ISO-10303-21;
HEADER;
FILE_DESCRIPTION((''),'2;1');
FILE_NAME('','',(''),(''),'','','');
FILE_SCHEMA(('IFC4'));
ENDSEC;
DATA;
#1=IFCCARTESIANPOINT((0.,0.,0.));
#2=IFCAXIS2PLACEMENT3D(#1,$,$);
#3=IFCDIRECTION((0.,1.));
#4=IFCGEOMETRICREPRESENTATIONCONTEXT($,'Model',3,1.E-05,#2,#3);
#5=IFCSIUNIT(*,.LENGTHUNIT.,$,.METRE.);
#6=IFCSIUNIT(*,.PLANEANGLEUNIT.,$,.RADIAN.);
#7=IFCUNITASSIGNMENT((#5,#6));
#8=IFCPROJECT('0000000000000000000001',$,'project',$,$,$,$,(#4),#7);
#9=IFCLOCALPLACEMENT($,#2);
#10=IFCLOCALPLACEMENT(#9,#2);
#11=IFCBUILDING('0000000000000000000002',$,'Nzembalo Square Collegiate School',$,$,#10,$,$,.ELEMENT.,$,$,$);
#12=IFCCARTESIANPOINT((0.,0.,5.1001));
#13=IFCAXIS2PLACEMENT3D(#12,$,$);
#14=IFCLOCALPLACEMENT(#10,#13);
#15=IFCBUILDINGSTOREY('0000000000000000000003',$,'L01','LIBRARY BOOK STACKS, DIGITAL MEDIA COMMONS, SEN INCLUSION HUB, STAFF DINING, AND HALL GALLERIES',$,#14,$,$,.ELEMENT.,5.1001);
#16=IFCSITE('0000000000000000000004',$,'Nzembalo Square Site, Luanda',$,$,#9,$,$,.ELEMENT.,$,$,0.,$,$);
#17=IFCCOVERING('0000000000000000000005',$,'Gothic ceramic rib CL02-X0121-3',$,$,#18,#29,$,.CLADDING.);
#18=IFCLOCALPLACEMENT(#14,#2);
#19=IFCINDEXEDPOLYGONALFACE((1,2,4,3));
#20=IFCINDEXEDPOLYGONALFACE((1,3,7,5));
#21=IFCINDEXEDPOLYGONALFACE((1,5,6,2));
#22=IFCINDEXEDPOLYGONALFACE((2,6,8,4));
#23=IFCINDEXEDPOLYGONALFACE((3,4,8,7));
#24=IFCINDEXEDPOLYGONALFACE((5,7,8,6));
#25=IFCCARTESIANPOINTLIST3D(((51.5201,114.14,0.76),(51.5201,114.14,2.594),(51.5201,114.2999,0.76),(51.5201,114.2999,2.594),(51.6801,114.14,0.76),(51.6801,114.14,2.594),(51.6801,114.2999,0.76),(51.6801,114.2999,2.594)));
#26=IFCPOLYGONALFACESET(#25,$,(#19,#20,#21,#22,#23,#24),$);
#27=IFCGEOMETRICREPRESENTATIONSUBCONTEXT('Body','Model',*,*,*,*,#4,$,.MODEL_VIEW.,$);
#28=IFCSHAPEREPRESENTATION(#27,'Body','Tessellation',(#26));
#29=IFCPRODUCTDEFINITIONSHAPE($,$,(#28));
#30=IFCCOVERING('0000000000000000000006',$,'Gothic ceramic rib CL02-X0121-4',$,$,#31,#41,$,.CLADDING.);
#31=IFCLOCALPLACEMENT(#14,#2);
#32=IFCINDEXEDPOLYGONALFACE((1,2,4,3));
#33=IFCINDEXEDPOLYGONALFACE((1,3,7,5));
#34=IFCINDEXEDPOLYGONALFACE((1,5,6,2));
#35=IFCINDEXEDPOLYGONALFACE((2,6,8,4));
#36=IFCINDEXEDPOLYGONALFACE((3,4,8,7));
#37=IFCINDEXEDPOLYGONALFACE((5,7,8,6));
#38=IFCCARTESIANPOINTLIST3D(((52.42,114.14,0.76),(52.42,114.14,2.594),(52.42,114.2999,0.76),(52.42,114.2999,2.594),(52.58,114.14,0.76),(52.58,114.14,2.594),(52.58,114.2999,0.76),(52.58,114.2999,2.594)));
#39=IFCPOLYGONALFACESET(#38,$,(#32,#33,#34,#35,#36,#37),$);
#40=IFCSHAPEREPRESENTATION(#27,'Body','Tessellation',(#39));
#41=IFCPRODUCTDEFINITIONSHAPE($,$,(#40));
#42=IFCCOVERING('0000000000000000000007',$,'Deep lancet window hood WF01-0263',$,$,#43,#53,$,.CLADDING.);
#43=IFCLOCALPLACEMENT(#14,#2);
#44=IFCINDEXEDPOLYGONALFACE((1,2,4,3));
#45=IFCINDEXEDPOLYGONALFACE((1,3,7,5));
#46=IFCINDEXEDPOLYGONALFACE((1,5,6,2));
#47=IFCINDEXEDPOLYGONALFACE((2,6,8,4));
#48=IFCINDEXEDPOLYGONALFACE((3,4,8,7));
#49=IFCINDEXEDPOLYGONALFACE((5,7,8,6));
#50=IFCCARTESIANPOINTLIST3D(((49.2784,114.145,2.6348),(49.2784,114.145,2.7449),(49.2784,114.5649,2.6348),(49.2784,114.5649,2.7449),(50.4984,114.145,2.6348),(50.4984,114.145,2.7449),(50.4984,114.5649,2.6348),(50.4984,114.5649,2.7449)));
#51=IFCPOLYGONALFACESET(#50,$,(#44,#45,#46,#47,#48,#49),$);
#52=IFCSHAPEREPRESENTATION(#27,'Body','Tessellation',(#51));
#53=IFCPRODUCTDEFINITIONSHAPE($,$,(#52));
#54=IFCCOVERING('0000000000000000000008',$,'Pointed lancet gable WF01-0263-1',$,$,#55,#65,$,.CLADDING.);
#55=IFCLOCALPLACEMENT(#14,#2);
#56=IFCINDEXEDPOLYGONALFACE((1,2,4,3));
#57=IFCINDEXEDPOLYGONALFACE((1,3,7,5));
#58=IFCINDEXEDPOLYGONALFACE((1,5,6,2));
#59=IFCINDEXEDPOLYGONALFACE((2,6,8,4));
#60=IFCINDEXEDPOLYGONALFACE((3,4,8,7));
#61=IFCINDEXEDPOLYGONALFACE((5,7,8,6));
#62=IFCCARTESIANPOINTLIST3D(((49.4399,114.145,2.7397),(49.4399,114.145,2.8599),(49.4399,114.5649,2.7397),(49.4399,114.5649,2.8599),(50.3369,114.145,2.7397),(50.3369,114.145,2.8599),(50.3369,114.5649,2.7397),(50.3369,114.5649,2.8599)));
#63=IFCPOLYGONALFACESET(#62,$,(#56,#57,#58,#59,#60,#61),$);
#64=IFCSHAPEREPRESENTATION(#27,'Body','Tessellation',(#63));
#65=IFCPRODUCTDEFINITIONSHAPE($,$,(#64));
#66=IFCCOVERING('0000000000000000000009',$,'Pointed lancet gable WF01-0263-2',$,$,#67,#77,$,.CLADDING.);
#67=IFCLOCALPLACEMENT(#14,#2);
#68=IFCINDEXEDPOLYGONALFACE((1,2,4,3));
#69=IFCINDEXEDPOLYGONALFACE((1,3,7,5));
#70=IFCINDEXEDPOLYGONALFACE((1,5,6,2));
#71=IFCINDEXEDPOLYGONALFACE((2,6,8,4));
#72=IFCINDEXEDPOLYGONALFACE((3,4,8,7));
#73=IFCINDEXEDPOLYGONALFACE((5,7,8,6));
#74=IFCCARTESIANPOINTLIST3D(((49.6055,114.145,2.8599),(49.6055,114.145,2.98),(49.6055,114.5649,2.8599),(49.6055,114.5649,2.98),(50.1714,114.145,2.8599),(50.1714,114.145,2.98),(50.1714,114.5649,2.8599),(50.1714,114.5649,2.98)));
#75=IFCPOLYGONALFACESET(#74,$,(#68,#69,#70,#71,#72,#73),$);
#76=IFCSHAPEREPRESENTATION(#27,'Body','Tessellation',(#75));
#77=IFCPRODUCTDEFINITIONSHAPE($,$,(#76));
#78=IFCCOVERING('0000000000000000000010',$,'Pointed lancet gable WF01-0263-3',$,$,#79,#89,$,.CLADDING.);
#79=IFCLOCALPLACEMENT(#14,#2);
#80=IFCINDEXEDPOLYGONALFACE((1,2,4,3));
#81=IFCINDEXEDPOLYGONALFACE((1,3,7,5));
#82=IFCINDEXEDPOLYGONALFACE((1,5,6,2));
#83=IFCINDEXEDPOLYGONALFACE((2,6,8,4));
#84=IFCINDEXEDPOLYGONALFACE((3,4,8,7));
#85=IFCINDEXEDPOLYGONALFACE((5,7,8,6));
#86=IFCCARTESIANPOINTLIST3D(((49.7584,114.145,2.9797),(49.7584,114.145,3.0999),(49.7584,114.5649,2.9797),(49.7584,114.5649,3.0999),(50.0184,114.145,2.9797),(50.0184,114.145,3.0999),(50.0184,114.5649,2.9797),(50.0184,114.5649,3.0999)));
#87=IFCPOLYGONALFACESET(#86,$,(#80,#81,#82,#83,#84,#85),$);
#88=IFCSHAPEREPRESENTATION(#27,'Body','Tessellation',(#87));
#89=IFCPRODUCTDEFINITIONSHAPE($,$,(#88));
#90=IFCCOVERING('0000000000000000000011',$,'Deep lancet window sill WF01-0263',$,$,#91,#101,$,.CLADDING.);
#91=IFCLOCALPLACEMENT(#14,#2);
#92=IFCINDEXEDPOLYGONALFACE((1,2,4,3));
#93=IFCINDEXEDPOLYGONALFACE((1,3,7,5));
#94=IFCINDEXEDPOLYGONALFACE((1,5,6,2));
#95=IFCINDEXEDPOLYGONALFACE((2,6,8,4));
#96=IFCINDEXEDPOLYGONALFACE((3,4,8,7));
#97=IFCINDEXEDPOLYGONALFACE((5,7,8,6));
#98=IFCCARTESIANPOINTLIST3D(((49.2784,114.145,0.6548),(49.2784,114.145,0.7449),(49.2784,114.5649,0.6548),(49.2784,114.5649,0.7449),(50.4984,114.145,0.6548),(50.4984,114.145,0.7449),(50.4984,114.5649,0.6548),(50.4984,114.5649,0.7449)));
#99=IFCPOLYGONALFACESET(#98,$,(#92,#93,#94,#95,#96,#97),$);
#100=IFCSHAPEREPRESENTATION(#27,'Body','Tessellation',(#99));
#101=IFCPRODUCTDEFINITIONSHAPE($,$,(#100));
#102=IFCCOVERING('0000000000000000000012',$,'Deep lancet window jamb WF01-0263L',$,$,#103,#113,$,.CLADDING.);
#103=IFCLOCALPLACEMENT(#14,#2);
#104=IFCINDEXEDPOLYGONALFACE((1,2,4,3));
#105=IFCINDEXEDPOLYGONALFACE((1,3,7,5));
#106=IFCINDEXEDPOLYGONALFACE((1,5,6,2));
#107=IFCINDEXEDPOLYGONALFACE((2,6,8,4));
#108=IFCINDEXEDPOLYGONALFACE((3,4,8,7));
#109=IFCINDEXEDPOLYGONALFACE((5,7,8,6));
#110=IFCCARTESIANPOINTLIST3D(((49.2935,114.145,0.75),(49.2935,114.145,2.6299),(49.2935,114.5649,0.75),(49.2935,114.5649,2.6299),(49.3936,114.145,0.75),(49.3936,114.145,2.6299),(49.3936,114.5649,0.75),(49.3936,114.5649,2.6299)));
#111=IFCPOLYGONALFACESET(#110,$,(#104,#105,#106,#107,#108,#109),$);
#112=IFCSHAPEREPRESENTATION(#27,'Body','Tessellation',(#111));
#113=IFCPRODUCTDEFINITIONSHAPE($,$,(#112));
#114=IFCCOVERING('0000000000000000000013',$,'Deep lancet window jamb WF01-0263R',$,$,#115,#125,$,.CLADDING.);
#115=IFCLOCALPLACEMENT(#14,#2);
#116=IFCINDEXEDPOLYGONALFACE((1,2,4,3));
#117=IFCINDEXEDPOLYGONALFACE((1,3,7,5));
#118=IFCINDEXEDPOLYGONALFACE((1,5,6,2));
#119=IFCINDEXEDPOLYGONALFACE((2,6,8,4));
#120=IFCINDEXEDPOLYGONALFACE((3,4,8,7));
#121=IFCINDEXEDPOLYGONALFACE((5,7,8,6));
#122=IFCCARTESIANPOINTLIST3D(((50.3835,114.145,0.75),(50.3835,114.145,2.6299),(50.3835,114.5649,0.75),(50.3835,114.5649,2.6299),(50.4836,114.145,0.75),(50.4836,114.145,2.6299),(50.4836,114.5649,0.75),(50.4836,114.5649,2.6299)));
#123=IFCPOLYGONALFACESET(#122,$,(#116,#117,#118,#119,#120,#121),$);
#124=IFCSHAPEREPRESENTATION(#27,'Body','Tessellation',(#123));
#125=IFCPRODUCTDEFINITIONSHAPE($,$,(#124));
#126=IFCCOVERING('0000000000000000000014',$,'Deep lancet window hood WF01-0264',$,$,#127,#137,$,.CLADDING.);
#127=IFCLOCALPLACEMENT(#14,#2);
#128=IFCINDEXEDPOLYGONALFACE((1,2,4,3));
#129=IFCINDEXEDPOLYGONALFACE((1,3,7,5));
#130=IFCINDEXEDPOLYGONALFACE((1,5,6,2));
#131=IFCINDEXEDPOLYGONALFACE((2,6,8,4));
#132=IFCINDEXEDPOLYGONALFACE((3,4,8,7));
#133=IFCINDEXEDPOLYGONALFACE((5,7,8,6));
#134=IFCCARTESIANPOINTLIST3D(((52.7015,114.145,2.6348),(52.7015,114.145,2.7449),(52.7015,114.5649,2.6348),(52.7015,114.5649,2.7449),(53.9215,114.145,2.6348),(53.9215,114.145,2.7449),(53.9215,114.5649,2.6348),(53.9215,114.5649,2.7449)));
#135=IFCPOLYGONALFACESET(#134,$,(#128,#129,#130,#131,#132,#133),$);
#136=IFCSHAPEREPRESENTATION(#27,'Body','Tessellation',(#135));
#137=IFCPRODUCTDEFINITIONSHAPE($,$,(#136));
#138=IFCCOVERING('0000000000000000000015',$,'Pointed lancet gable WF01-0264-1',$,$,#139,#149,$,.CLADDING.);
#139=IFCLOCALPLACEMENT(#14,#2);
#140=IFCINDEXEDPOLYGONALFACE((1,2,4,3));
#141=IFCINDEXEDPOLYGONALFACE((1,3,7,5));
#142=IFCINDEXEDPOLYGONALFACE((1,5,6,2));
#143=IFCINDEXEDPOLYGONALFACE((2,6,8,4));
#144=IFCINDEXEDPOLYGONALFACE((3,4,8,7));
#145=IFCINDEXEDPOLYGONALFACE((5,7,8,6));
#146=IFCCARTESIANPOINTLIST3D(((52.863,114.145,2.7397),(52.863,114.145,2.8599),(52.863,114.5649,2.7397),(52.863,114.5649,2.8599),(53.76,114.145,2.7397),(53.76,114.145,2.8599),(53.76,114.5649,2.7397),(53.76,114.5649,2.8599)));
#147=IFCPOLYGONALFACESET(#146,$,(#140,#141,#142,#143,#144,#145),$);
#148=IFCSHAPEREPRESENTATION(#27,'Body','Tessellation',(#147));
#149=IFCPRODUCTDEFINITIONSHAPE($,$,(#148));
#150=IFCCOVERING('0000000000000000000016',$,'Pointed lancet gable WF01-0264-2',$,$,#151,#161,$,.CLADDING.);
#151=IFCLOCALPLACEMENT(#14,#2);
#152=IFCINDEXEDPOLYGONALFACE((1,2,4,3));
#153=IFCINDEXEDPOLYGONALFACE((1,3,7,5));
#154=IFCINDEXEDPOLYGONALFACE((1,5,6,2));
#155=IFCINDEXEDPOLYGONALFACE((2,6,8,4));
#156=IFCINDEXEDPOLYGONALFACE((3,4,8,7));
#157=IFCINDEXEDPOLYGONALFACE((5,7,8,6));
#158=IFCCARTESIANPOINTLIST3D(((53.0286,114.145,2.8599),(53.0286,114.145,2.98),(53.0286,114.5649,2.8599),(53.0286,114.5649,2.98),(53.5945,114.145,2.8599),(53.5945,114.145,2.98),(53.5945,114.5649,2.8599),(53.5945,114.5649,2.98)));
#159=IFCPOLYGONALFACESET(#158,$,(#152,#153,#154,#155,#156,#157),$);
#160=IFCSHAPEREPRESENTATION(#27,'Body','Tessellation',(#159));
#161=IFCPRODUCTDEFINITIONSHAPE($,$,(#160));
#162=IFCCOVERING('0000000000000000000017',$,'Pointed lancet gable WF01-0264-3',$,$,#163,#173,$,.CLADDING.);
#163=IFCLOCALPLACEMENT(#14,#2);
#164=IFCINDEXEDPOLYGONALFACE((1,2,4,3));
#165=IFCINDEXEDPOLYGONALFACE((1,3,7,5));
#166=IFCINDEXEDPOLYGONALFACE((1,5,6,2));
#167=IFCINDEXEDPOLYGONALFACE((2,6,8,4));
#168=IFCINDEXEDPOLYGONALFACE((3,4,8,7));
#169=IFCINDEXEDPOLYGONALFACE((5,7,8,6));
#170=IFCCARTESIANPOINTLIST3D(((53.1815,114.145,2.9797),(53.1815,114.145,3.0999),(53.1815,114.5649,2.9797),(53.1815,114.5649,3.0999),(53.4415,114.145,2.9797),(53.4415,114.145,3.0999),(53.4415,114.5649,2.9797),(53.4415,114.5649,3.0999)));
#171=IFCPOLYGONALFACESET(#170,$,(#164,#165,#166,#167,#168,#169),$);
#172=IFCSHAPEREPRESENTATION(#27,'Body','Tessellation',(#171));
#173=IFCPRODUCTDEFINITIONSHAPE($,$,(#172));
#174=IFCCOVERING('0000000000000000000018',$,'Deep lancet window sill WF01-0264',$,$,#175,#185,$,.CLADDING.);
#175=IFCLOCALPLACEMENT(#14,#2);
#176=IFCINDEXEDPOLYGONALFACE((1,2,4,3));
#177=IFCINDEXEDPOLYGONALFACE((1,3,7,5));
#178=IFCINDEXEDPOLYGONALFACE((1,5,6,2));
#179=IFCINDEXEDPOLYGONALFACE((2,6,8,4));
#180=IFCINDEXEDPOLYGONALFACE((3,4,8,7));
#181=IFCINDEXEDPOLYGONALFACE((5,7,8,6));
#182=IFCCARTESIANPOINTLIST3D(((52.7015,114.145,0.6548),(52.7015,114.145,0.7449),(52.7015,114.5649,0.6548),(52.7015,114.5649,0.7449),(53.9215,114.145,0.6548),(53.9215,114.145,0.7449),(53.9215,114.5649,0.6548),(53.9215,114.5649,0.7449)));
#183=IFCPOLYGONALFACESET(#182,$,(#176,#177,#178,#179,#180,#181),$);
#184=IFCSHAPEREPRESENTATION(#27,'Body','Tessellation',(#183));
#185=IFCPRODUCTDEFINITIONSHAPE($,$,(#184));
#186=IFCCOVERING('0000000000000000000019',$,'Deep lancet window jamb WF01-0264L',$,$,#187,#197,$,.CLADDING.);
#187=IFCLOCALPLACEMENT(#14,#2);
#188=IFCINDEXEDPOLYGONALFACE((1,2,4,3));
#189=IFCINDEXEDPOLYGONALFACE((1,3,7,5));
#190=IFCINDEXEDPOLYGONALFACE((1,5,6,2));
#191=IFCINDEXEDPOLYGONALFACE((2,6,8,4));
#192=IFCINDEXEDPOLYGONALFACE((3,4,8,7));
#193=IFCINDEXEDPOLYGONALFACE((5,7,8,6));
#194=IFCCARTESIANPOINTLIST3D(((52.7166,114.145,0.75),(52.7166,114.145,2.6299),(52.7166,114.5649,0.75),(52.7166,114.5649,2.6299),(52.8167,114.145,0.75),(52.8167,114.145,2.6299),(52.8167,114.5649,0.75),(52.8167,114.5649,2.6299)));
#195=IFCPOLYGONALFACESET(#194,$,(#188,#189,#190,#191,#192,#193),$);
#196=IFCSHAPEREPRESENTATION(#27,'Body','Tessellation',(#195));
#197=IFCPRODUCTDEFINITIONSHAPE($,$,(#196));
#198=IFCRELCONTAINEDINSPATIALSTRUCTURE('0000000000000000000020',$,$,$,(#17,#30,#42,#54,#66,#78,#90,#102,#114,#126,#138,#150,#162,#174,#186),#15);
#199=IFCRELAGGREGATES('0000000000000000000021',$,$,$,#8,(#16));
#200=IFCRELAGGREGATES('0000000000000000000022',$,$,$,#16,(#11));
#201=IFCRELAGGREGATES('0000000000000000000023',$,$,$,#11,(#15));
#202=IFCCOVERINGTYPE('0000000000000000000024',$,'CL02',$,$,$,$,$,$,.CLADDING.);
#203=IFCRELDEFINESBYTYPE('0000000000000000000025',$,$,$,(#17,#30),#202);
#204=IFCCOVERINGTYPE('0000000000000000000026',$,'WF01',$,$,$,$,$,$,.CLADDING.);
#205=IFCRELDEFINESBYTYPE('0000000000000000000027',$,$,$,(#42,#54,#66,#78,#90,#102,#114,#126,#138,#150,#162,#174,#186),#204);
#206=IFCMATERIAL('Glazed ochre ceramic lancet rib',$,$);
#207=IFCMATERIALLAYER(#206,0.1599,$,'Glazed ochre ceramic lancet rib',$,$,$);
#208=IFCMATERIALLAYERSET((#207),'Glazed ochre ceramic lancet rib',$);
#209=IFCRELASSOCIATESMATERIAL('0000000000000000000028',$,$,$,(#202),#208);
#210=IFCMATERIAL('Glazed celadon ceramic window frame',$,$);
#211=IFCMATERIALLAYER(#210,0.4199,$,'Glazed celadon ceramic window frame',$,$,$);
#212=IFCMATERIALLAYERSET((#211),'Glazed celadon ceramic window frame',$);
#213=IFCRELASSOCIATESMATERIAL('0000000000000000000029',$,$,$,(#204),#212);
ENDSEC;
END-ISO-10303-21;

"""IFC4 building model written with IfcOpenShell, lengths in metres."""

from ifc_helpers import new_model, si_unit, direction, frame, origin, origin_2d, place, context, subcontext, project, spatial, rectangle, extrude, material, layer, layer_set, type_object, element, save


model = new_model("IFC4")

# Units and contexts
model_context = context("Model", 3, precision=1e-05, world=origin(), true_north=direction((0.0, 1.0)))
body_context = subcontext(model_context, "Body", "Model", "MODEL_VIEW")
ifc_project = project(units=[si_unit("LENGTHUNIT", "METRE"), si_unit("PLANEANGLEUNIT", "RADIAN")], contexts=[model_context])

# Site, building, storey
site_placement = place(None, origin())
site = spatial("IfcSite", under=ifc_project, at=site_placement, Name="Nzembalo Square Site, Luanda", CompositionType="ELEMENT", RefElevation=0.0)
building_placement = place(site_placement, origin())
building = spatial("IfcBuilding", under=site, at=building_placement, Name="Nzembalo Square Collegiate School", CompositionType="ELEMENT")
storey_placement = place(building_placement, frame((0.0, 0.0, 5.1001)))
storey = spatial("IfcBuildingStorey", under=building, at=storey_placement, Name="L01", Description="LIBRARY BOOK STACKS, DIGITAL MEDIA COMMONS, SEN INCLUSION HUB, STAFF DINING, AND HALL GALLERIES", CompositionType="ELEMENT", Elevation=5.1001)

# Coverings
ifc_material_1 = material(Name="Glazed ochre ceramic lancet rib")
ifc_layer_1 = layer(ifc_material_1, 0.1599, Name="Glazed ochre ceramic lancet rib")
ifc_layer_set_1 = layer_set([ifc_layer_1], Name="Glazed ochre ceramic lancet rib")
covering_type_1 = type_object("IfcCoveringType", Name="CL02", PredefinedType="CLADDING", material=ifc_layer_set_1)
for number, where, z_axis, x_axis, name in (
    (1, (51.6001, 114.22, 0.76), (0.0, 0.0, 1.0), (1.0, 0.0, 0.0), "Gothic ceramic rib CL02-X0121-3"),
    (2, (52.5, 114.22, 0.76), (0.0, 0.0, 1.0), (1.0, 0.0, 0.0), "Gothic ceramic rib CL02-X0121-4"),
):
    element("IfcCovering", number, at=place(storey_placement, frame(where, z_axis=z_axis, x_axis=x_axis)), inside=storey, type_object=covering_type_1, Name=name, PredefinedType="CLADDING", context=body_context, shape_type="SweptSolid", body=[
        extrude(rectangle(XDim=0.1599, YDim=0.1599, at=origin_2d()), origin(), (0.0, 0.0, 1.0), 1.834),
    ])
ifc_material_2 = material(Name="Glazed celadon ceramic window frame")
ifc_layer_2 = layer(ifc_material_2, 0.4199, Name="Glazed celadon ceramic window frame")
ifc_layer_set_2 = layer_set([ifc_layer_2], Name="Glazed celadon ceramic window frame")
covering_type_2 = type_object("IfcCoveringType", Name="WF01", PredefinedType="CLADDING", material=ifc_layer_set_2)
covering_1_placement = place(storey_placement, frame((49.8884, 114.355, 2.6348), z_axis=(0.0, 0.0, 1.0), x_axis=(1.0, 0.0, 0.0)))
element("IfcCovering", 3, at=covering_1_placement, inside=storey, type_object=covering_type_2, Name="Deep lancet window hood WF01-0263", PredefinedType="CLADDING", context=body_context, shape_type="SweptSolid", body=[
    extrude(rectangle(XDim=1.22, YDim=0.4199, at=origin_2d()), origin(), (0.0, 0.0, 1.0), 0.1101),
])
covering_2_placement = place(storey_placement, frame((49.8884, 114.355, 2.7397), z_axis=(0.0, 0.0, 1.0), x_axis=(1.0, 0.0, 0.0)))
element("IfcCovering", 4, at=covering_2_placement, inside=storey, type_object=covering_type_2, Name="Pointed lancet gable WF01-0263-1", PredefinedType="CLADDING", context=body_context, shape_type="SweptSolid", body=[
    extrude(rectangle(XDim=0.897, YDim=0.4199, at=origin_2d()), origin(), (0.0, 0.0, 1.0), 0.1201),
])
covering_3_placement = place(storey_placement, frame((49.8884, 114.355, 2.8599), z_axis=(0.0, 0.0, 1.0), x_axis=(1.0, 0.0, 0.0)))
element("IfcCovering", 5, at=covering_3_placement, inside=storey, type_object=covering_type_2, Name="Pointed lancet gable WF01-0263-2", PredefinedType="CLADDING", context=body_context, shape_type="SweptSolid", body=[
    extrude(rectangle(XDim=0.5659, YDim=0.4199, at=origin_2d()), origin(), (0.0, 0.0, 1.0), 0.1201),
])
covering_4_placement = place(storey_placement, frame((49.8884, 114.355, 2.9797), z_axis=(0.0, 0.0, 1.0), x_axis=(1.0, 0.0, 0.0)))
element("IfcCovering", 6, at=covering_4_placement, inside=storey, type_object=covering_type_2, Name="Pointed lancet gable WF01-0263-3", PredefinedType="CLADDING", context=body_context, shape_type="SweptSolid", body=[
    extrude(rectangle(XDim=0.26, YDim=0.4199, at=origin_2d()), origin(), (0.0, 0.0, 1.0), 0.1201),
])
covering_5_placement = place(storey_placement, frame((49.8884, 114.355, 0.6548), z_axis=(0.0, 0.0, 1.0), x_axis=(1.0, 0.0, 0.0)))
element("IfcCovering", 7, at=covering_5_placement, inside=storey, type_object=covering_type_2, Name="Deep lancet window sill WF01-0263", PredefinedType="CLADDING", context=body_context, shape_type="SweptSolid", body=[
    extrude(rectangle(XDim=1.22, YDim=0.4199, at=origin_2d()), origin(), (0.0, 0.0, 1.0), 0.0901),
])
for number, where, z_axis, x_axis, name in (
    (8, (49.3435, 114.355, 0.75), (0.0, 0.0, 1.0), (1.0, 0.0, 0.0), "Deep lancet window jamb WF01-0263L"),
    (9, (50.4336, 114.355, 0.75), (0.0, 0.0, 1.0), (1.0, 0.0, 0.0), "Deep lancet window jamb WF01-0263R"),
):
    element("IfcCovering", number, at=place(storey_placement, frame(where, z_axis=z_axis, x_axis=x_axis)), inside=storey, type_object=covering_type_2, Name=name, PredefinedType="CLADDING", context=body_context, shape_type="SweptSolid", body=[
        extrude(rectangle(XDim=0.1001, YDim=0.4199, at=origin_2d()), origin(), (0.0, 0.0, 1.0), 1.8799),
    ])
covering_6_placement = place(storey_placement, frame((53.3115, 114.355, 2.6348), z_axis=(0.0, 0.0, 1.0), x_axis=(1.0, 0.0, 0.0)))
element("IfcCovering", 10, at=covering_6_placement, inside=storey, type_object=covering_type_2, Name="Deep lancet window hood WF01-0264", PredefinedType="CLADDING", context=body_context, shape_type="SweptSolid", body=[
    extrude(rectangle(XDim=1.22, YDim=0.4199, at=origin_2d()), origin(), (0.0, 0.0, 1.0), 0.1101),
])
covering_7_placement = place(storey_placement, frame((53.3115, 114.355, 2.7397), z_axis=(0.0, 0.0, 1.0), x_axis=(1.0, 0.0, 0.0)))
element("IfcCovering", 11, at=covering_7_placement, inside=storey, type_object=covering_type_2, Name="Pointed lancet gable WF01-0264-1", PredefinedType="CLADDING", context=body_context, shape_type="SweptSolid", body=[
    extrude(rectangle(XDim=0.897, YDim=0.4199, at=origin_2d()), origin(), (0.0, 0.0, 1.0), 0.1201),
])
covering_8_placement = place(storey_placement, frame((53.3115, 114.355, 2.8599), z_axis=(0.0, 0.0, 1.0), x_axis=(1.0, 0.0, 0.0)))
element("IfcCovering", 12, at=covering_8_placement, inside=storey, type_object=covering_type_2, Name="Pointed lancet gable WF01-0264-2", PredefinedType="CLADDING", context=body_context, shape_type="SweptSolid", body=[
    extrude(rectangle(XDim=0.5659, YDim=0.4199, at=origin_2d()), origin(), (0.0, 0.0, 1.0), 0.1201),
])
covering_9_placement = place(storey_placement, frame((53.3115, 114.355, 2.9797), z_axis=(0.0, 0.0, 1.0), x_axis=(1.0, 0.0, 0.0)))
element("IfcCovering", 13, at=covering_9_placement, inside=storey, type_object=covering_type_2, Name="Pointed lancet gable WF01-0264-3", PredefinedType="CLADDING", context=body_context, shape_type="SweptSolid", body=[
    extrude(rectangle(XDim=0.26, YDim=0.4199, at=origin_2d()), origin(), (0.0, 0.0, 1.0), 0.1201),
])
covering_10_placement = place(storey_placement, frame((53.3115, 114.355, 0.6548), z_axis=(0.0, 0.0, 1.0), x_axis=(1.0, 0.0, 0.0)))
element("IfcCovering", 14, at=covering_10_placement, inside=storey, type_object=covering_type_2, Name="Deep lancet window sill WF01-0264", PredefinedType="CLADDING", context=body_context, shape_type="SweptSolid", body=[
    extrude(rectangle(XDim=1.22, YDim=0.4199, at=origin_2d()), origin(), (0.0, 0.0, 1.0), 0.0901),
])
covering_11_placement = place(storey_placement, frame((52.7666, 114.355, 0.75), z_axis=(0.0, 0.0, 1.0), x_axis=(1.0, 0.0, 0.0)))
element("IfcCovering", 15, at=covering_11_placement, inside=storey, type_object=covering_type_2, Name="Deep lancet window jamb WF01-0264L", PredefinedType="CLADDING", context=body_context, shape_type="SweptSolid", body=[
    extrude(rectangle(XDim=0.1001, YDim=0.4199, at=origin_2d()), origin(), (0.0, 0.0, 1.0), 1.8799),
])

save(model, "model.ifc")
